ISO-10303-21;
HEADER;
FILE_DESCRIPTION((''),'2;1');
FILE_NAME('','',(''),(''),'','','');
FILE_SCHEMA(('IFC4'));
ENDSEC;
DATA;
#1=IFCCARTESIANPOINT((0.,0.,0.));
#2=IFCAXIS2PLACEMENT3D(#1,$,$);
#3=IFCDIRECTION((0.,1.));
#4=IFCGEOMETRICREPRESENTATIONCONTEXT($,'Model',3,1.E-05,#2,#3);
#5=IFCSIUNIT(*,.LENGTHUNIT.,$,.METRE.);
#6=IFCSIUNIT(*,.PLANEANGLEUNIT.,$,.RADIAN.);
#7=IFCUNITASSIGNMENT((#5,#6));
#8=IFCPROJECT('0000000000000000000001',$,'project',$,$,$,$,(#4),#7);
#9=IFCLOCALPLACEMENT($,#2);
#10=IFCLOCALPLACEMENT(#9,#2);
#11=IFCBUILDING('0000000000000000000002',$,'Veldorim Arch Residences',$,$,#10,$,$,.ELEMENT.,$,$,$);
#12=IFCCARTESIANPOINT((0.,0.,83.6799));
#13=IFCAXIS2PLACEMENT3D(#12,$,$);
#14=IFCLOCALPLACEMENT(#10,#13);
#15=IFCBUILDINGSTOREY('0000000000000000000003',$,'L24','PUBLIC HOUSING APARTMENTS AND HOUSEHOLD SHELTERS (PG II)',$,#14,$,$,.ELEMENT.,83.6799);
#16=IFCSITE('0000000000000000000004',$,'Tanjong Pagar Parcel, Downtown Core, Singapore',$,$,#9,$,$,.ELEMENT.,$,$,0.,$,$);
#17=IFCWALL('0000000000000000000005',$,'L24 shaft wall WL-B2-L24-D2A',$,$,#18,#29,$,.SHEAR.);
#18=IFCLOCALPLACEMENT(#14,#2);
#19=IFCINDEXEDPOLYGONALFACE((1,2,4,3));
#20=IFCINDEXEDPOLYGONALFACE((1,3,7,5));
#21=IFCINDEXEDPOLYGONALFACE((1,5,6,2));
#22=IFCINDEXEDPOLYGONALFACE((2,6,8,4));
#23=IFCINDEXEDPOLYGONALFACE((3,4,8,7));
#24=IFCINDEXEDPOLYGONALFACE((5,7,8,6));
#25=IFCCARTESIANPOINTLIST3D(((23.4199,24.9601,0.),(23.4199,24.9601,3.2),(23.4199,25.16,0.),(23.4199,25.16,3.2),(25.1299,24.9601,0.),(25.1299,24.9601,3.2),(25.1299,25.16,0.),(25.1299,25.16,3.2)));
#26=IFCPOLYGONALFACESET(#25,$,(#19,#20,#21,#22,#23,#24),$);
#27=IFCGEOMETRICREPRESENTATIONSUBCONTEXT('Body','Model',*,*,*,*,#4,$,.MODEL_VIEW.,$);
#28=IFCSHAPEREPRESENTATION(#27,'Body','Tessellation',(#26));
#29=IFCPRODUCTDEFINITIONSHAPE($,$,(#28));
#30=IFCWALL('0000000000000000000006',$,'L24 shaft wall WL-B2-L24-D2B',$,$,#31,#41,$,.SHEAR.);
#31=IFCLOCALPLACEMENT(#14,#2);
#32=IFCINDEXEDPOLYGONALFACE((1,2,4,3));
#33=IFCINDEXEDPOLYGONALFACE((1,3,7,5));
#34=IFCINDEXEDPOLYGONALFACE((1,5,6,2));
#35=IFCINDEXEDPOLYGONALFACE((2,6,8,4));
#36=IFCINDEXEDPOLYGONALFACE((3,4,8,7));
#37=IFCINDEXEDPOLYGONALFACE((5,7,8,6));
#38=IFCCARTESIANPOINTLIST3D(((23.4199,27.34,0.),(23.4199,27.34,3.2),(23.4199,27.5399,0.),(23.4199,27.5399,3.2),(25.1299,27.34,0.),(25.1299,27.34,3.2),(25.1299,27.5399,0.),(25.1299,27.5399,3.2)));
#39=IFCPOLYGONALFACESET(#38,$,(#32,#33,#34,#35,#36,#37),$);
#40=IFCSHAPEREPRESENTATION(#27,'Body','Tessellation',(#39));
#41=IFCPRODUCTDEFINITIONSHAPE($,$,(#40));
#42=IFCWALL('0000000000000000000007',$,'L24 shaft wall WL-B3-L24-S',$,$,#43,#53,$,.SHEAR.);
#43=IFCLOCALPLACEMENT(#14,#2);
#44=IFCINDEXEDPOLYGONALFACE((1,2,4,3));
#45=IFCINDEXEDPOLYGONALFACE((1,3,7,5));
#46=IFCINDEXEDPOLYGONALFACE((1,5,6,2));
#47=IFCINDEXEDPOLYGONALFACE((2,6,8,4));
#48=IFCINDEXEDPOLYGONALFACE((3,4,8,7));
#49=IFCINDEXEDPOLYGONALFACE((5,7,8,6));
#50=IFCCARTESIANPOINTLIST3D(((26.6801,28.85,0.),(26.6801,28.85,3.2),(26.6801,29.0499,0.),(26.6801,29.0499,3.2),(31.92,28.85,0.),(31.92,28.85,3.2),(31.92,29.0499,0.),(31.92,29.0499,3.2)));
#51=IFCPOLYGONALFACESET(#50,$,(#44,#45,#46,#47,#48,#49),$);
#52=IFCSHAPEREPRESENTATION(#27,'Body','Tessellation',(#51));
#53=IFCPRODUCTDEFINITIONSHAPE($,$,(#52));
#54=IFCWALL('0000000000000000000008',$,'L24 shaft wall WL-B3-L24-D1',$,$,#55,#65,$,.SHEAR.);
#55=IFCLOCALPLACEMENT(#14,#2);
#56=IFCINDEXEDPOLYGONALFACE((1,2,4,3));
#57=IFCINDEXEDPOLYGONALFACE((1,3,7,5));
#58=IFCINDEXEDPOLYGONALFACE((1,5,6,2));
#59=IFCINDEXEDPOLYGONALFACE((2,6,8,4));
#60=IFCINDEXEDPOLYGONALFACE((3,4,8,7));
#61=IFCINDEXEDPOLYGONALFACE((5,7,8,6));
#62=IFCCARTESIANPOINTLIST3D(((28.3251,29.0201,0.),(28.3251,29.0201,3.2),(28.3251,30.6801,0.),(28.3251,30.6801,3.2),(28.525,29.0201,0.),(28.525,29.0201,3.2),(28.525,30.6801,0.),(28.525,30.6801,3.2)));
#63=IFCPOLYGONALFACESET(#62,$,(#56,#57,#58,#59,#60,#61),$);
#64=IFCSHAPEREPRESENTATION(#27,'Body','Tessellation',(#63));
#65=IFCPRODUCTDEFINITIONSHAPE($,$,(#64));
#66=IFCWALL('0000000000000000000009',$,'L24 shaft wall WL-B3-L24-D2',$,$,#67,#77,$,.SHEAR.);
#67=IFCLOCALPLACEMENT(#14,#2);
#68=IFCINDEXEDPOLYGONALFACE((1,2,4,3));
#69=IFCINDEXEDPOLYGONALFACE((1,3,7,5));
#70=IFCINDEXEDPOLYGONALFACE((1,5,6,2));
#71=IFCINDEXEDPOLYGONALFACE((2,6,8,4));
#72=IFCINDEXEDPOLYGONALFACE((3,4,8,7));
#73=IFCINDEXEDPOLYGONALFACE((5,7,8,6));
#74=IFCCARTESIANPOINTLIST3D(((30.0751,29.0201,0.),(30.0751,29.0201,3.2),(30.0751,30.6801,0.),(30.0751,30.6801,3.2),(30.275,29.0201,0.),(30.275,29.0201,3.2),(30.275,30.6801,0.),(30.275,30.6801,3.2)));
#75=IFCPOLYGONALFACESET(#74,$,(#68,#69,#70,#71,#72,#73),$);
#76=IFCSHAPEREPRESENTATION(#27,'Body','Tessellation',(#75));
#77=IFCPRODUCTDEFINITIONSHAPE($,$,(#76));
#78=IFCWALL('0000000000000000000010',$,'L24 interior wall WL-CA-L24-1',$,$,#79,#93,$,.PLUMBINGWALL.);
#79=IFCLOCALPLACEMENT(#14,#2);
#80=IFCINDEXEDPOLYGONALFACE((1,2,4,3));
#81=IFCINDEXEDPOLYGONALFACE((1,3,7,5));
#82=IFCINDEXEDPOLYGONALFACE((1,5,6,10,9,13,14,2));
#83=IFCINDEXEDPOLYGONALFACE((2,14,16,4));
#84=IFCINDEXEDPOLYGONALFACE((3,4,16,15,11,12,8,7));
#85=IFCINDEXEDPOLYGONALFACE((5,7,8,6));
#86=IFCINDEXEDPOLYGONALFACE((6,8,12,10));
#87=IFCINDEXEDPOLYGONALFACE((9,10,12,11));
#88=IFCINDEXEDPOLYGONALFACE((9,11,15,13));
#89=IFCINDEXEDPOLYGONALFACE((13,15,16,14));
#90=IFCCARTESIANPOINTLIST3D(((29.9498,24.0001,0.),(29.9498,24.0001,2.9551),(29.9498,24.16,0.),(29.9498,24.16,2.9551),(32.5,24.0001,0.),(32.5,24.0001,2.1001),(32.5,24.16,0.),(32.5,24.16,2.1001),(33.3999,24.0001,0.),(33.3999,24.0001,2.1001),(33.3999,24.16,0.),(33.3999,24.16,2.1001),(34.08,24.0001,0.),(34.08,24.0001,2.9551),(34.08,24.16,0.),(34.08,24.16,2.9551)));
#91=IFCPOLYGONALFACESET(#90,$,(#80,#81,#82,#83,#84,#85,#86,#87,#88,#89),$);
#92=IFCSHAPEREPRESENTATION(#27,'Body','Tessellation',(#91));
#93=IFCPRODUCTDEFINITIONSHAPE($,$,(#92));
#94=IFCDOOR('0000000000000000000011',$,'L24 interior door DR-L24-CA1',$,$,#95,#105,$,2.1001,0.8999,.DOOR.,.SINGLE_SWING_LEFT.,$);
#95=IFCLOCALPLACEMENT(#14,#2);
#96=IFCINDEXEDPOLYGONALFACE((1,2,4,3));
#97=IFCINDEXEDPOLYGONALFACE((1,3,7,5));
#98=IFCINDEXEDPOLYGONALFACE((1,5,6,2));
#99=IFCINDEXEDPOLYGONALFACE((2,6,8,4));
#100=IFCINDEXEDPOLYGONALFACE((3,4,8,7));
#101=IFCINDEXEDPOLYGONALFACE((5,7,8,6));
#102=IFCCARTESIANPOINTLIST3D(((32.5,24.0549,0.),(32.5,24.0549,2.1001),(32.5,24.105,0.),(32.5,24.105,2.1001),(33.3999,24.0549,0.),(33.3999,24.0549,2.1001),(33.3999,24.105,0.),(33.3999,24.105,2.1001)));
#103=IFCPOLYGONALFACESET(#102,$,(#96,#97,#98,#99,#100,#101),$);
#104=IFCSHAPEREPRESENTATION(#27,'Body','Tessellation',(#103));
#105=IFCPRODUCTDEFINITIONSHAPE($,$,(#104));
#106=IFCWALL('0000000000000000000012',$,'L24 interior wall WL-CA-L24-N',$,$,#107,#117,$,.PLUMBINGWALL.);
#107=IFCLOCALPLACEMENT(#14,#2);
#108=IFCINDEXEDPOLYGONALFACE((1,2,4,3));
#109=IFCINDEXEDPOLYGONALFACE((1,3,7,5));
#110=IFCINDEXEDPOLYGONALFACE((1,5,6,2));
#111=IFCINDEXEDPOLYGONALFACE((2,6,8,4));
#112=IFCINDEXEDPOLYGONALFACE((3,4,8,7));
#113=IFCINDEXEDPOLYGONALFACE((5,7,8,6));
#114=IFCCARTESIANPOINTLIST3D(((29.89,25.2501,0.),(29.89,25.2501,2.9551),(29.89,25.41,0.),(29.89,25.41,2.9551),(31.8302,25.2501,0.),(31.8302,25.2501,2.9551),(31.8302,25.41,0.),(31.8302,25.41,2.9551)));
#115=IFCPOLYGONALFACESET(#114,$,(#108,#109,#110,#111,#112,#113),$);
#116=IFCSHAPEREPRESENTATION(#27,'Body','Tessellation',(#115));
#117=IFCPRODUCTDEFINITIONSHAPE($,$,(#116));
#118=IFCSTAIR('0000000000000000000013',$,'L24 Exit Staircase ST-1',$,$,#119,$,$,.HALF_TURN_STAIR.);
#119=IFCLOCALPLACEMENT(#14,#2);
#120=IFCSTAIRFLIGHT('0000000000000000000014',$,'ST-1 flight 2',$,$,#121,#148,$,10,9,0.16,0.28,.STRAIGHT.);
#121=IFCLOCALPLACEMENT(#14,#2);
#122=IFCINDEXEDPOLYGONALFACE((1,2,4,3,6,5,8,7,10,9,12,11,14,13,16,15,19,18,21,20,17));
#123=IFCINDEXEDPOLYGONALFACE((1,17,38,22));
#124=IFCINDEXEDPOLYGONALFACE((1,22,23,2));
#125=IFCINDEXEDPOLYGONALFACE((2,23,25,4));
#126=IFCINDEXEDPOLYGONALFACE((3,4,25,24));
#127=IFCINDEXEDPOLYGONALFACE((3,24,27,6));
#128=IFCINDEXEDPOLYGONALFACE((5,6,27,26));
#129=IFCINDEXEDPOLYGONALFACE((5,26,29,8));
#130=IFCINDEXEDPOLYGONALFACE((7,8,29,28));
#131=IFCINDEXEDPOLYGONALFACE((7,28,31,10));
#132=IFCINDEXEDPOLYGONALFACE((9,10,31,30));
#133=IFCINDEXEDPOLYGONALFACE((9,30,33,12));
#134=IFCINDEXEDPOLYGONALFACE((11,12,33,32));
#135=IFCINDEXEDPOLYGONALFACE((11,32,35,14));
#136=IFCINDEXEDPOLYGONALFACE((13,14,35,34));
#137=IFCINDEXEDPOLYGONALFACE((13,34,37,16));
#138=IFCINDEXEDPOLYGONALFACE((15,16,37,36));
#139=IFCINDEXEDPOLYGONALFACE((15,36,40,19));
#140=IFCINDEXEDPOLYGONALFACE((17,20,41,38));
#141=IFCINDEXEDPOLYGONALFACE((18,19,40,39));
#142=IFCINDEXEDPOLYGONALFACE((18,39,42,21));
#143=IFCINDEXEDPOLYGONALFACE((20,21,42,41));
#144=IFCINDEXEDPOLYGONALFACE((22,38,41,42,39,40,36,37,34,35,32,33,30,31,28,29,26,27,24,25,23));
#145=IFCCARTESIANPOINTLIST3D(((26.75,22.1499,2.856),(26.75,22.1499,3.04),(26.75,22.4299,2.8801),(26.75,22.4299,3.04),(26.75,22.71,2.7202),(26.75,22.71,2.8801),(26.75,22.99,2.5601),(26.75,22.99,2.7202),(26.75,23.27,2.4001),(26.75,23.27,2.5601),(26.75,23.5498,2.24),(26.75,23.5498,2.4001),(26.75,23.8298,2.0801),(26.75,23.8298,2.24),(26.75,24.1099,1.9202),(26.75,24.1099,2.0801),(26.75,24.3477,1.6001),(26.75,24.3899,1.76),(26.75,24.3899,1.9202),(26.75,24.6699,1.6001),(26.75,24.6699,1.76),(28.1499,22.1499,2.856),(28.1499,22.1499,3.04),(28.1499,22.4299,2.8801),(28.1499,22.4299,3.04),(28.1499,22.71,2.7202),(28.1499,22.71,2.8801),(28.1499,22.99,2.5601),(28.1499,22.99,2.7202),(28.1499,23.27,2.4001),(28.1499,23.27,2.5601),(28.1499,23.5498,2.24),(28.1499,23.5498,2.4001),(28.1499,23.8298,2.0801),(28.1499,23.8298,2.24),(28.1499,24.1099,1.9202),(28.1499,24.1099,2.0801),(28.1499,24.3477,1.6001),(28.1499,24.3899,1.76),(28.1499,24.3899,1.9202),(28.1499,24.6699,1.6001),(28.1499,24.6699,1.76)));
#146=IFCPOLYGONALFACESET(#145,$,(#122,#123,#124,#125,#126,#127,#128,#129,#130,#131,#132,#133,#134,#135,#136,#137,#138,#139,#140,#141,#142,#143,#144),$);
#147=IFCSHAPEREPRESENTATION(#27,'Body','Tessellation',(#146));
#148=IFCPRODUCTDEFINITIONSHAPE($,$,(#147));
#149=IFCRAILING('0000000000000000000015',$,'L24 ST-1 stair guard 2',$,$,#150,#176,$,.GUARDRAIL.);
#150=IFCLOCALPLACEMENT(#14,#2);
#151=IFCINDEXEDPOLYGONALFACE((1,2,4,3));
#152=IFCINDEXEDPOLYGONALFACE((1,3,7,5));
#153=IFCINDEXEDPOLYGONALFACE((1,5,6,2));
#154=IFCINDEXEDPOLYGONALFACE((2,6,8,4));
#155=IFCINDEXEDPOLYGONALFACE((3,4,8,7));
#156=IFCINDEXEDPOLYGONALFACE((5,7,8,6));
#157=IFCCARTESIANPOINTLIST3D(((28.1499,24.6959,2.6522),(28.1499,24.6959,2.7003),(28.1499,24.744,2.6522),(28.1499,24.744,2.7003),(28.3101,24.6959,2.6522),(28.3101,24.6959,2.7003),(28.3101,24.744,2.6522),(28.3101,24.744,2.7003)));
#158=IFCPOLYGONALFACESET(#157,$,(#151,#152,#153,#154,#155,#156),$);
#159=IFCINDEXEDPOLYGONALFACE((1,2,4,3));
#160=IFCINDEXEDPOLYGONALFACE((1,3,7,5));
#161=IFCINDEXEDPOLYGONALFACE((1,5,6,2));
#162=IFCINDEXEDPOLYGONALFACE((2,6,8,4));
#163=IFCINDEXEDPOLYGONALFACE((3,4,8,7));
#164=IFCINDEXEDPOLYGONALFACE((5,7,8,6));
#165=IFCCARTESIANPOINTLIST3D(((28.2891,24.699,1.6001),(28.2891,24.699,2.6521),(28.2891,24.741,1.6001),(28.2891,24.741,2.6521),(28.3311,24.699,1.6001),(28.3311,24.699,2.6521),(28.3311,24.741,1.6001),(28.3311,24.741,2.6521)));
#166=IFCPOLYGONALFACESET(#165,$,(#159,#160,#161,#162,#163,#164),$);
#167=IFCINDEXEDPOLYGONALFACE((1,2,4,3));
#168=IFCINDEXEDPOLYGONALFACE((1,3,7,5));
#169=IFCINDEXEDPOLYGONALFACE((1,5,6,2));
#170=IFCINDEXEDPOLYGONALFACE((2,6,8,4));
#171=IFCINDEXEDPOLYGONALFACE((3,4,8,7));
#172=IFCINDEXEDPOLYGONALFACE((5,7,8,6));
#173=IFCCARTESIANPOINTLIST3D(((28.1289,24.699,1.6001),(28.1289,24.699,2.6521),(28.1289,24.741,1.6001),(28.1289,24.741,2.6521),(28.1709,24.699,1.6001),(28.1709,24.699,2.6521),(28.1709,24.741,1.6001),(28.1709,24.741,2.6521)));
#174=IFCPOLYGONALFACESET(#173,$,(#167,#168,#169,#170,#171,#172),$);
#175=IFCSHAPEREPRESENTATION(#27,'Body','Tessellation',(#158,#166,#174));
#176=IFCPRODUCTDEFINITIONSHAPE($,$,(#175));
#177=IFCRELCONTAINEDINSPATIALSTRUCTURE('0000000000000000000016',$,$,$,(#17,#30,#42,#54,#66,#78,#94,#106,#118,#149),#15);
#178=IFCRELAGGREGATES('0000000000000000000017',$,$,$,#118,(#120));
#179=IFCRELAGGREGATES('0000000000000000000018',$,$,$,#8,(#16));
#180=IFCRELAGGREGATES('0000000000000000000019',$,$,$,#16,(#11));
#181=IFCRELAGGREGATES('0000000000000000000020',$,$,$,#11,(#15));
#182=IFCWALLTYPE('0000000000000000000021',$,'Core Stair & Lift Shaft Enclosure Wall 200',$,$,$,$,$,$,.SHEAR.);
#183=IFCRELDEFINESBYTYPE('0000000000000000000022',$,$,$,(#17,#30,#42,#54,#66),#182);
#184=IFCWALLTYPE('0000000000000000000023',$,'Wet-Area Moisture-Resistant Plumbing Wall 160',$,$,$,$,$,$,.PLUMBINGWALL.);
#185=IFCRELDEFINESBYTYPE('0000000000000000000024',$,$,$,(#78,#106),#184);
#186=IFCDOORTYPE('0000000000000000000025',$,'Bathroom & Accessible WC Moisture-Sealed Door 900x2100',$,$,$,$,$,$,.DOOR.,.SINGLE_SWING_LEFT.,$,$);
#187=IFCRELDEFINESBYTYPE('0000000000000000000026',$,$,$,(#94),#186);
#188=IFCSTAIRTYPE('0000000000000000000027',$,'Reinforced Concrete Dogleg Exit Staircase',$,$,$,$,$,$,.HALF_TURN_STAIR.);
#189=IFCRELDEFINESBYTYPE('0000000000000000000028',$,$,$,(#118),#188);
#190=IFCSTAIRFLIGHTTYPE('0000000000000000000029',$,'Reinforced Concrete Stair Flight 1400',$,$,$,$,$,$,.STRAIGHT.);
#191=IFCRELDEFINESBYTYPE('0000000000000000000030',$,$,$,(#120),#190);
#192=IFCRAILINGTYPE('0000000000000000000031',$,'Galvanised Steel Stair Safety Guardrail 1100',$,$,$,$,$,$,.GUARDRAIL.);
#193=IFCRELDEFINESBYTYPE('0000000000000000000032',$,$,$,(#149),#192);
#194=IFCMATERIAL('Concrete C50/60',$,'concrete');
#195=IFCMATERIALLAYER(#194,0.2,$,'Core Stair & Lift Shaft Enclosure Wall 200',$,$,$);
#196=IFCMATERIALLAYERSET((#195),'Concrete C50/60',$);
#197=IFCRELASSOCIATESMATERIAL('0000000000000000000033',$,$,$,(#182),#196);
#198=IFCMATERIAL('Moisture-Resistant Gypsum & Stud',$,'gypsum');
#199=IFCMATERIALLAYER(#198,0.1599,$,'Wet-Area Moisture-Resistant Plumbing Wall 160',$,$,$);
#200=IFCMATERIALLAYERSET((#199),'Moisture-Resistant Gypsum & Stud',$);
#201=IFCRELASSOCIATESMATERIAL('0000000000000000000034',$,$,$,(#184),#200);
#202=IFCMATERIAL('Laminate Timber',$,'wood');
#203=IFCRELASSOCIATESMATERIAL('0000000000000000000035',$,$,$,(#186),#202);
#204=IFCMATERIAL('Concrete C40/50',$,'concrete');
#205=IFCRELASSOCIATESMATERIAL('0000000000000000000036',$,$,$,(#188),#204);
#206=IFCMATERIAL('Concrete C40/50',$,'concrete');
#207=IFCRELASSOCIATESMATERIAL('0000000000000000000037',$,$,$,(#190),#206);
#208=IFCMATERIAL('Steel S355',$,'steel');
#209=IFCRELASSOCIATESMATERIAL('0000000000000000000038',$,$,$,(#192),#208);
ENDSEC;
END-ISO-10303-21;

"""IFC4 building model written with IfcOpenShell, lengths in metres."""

from ifc_helpers import new_model, si_unit, direction, frame, frame_2d, origin, origin_2d, place, context, subcontext, project, spatial, polyline, rectangle, outline, extrude, material, layer, layer_set, type_object, element, fill, aggregate, save


model = new_model("IFC4")

# Units and contexts
model_context = context("Model", 3, precision=1e-05, world=origin(), true_north=direction((0.0, 1.0)))
body_context = subcontext(model_context, "Body", "Model", "MODEL_VIEW")
ifc_project = project(units=[si_unit("LENGTHUNIT", "METRE"), si_unit("PLANEANGLEUNIT", "RADIAN")], contexts=[model_context])

# Site, building, storey
site_placement = place(None, origin())
site = spatial("IfcSite", under=ifc_project, at=site_placement, Name="Tanjong Pagar Parcel, Downtown Core, Singapore", CompositionType="ELEMENT", RefElevation=0.0)
building_placement = place(site_placement, origin())
building = spatial("IfcBuilding", under=site, at=building_placement, Name="Veldorim Arch Residences", CompositionType="ELEMENT")
storey_placement = place(building_placement, frame((0.0, 0.0, 83.6799)))
storey = spatial("IfcBuildingStorey", under=building, at=storey_placement, Name="L24", Description="PUBLIC HOUSING APARTMENTS AND HOUSEHOLD SHELTERS (PG II)", CompositionType="ELEMENT", Elevation=83.6799)

# Walls
ifc_material_1 = material(Name="Concrete C50/60", Category="concrete")
ifc_layer_1 = layer(ifc_material_1, 0.2, Name="Core Stair & Lift Shaft Enclosure Wall 200")
ifc_layer_set_1 = layer_set([ifc_layer_1], Name="Concrete C50/60")
wall_type_1 = type_object("IfcWallType", Name="Core Stair & Lift Shaft Enclosure Wall 200", PredefinedType="SHEAR", material=ifc_layer_set_1)
for number, where, z_axis, x_axis, name in (
    (1, (23.4199, 25.0601, 0.0), (0.0, 0.0, 1.0), (1.0, 0.0, 0.0), "L24 shaft wall WL-B2-L24-D2A"),
    (2, (23.4199, 27.4399, 0.0), (0.0, 0.0, 1.0), (1.0, 0.0, 0.0), "L24 shaft wall WL-B2-L24-D2B"),
):
    element("IfcWall", number, at=place(storey_placement, frame(where, z_axis=z_axis, x_axis=x_axis)), inside=storey, type_object=wall_type_1, Name=name, PredefinedType="SHEAR", context=body_context, shape_type="SweptSolid", body=[
        extrude(rectangle(XDim=1.71, YDim=0.2, at=frame_2d((0.855, 0.0))), origin(), (0.0, 0.0, 1.0), 3.2),
    ])
wall_1_placement = place(storey_placement, frame((26.6799, 28.95, 0.0), z_axis=(0.0, 0.0, 1.0), x_axis=(1.0, 0.0, 0.0)))
element("IfcWall", 3, at=wall_1_placement, inside=storey, type_object=wall_type_1, Name="L24 shaft wall WL-B3-L24-S", PredefinedType="SHEAR", context=body_context, shape_type="SweptSolid", body=[
    extrude(rectangle(XDim=5.24, YDim=0.2, at=frame_2d((2.6201, 0.0))), origin(), (0.0, 0.0, 1.0), 3.2),
])
for number, where, z_axis, x_axis, name in (
    (4, (28.425, 29.02, 0.0), (0.0, 0.0, 1.0), (0.0, 1.0, 0.0), "L24 shaft wall WL-B3-L24-D1"),
    (5, (30.175, 29.02, 0.0), (0.0, 0.0, 1.0), (0.0, 1.0, 0.0), "L24 shaft wall WL-B3-L24-D2"),
):
    element("IfcWall", number, at=place(storey_placement, frame(where, z_axis=z_axis, x_axis=x_axis)), inside=storey, type_object=wall_type_1, Name=name, PredefinedType="SHEAR", context=body_context, shape_type="SweptSolid", body=[
        extrude(rectangle(XDim=1.6599, YDim=0.2, at=frame_2d((0.8301, 0.0))), origin(), (0.0, 0.0, 1.0), 3.2),
    ])

# Wall, opening, door
ifc_material_2 = material(Name="Moisture-Resistant Gypsum & Stud", Category="gypsum")
ifc_layer_2 = layer(ifc_material_2, 0.1599, Name="Wet-Area Moisture-Resistant Plumbing Wall 160")
ifc_layer_set_2 = layer_set([ifc_layer_2], Name="Moisture-Resistant Gypsum & Stud")
wall_type_2 = type_object("IfcWallType", Name="Wet-Area Moisture-Resistant Plumbing Wall 160", PredefinedType="PLUMBINGWALL", material=ifc_layer_set_2)
wall_2_placement = place(storey_placement, frame((29.95, 24.0801, 0.0), z_axis=(0.0, 0.0, 1.0), x_axis=(1.0, 0.0, 0.0)))
wall_2 = element("IfcWall", 6, at=wall_2_placement, inside=storey, type_object=wall_type_2, Name="L24 interior wall WL-CA-L24-1", PredefinedType="PLUMBINGWALL", context=body_context, shape_type="SweptSolid", body=[
    extrude(rectangle(XDim=4.1301, YDim=0.1599, at=frame_2d((2.0649, 0.0))), origin(), (0.0, 0.0, 1.0), 2.9551),
])
opening_placement = place(wall_2_placement, frame((2.55, 0.0, 0.0)))
opening = element("IfcOpeningElement", 7, at=opening_placement, cuts=wall_2, PredefinedType="OPENING", context=body_context, shape_type="SweptSolid", body=[
    extrude(rectangle(XDim=0.8999, YDim=2.1001, at=frame_2d((0.45, 1.05))), frame((0.0, 0.0898, 0.0), z_axis=(0.0, -1.0, 0.0), x_axis=(1.0, 0.0, 0.0)), (0.0, 0.0, 1.0), 0.1799),
])
ifc_material_3 = material(Name="Laminate Timber", Category="wood")
door_type = type_object("IfcDoorType", Name="Bathroom & Accessible WC Moisture-Sealed Door 900x2100", OperationType="SINGLE_SWING_LEFT", PredefinedType="DOOR", material=ifc_material_3)
door_placement = place(opening_placement, origin())
door = element("IfcDoor", 8, at=door_placement, inside=storey, type_object=door_type, Name="L24 interior door DR-L24-CA1", OperationType="SINGLE_SWING_LEFT", OverallHeight=2.1001, OverallWidth=0.8999, PredefinedType="DOOR", context=body_context, shape_type="SweptSolid", body=[
    extrude(rectangle(XDim=0.8999, YDim=2.1001, at=frame_2d((0.45, 1.05))), frame((0.0, 0.0249, 0.0), z_axis=(0.0, -1.0, 0.0), x_axis=(1.0, 0.0, 0.0)), (0.0, 0.0, 1.0), 0.05),
])
fill(opening, door)

# Wall
wall_3_placement = place(storey_placement, frame((29.8899, 25.3301, 0.0), z_axis=(0.0, 0.0, 1.0), x_axis=(1.0, 0.0, 0.0)))
element("IfcWall", 9, at=wall_3_placement, inside=storey, type_object=wall_type_2, Name="L24 interior wall WL-CA-L24-N", PredefinedType="PLUMBINGWALL", context=body_context, shape_type="SweptSolid", body=[
    extrude(rectangle(XDim=1.9402, YDim=0.1599, at=frame_2d((0.9702, 0.0))), origin(), (0.0, 0.0, 1.0), 2.9551),
])

# Stair, stair flight
ifc_material_4 = material(Name="Concrete C40/50", Category="concrete")
stair_type = type_object("IfcStairType", Name="Reinforced Concrete Dogleg Exit Staircase", PredefinedType="HALF_TURN_STAIR", material=ifc_material_4)
stair_placement = place(storey_placement, origin())
stair = element("IfcStair", 10, at=stair_placement, inside=storey, type_object=stair_type, Name="L24 Exit Staircase ST-1", PredefinedType="HALF_TURN_STAIR")
ifc_material_5 = material(Name="Concrete C40/50", Category="concrete")
stair_flight_type = type_object("IfcStairFlightType", Name="Reinforced Concrete Stair Flight 1400", PredefinedType="STRAIGHT", material=ifc_material_5)
stair_flight_placement = place(storey_placement, frame((27.45, 24.6699, 1.6001), z_axis=(0.0, 0.0, 1.0), x_axis=(0.0, -1.0, 0.0)))
stair_flight = element("IfcStairFlight", 11, at=stair_flight_placement, type_object=stair_flight_type, Name="ST-1 flight 2", NumberOfRisers=10, NumberOfTreads=9, PredefinedType="STRAIGHT", RiserHeight=0.16, TreadLength=0.28, context=body_context, shape_type="SweptSolid", body=[
    extrude(outline(polyline([(0.0, 0.0), (0.0, 0.1599), (0.28, 0.1599), (0.28, 0.3201), (0.5601, 0.3201), (0.5601, 0.48), (0.8401, 0.48), (0.8401, 0.6399), (1.1201, 0.6399), (1.1201, 0.8), (1.3999, 0.8), (1.3999, 0.96), (1.6799, 0.96), (1.6799, 1.1201), (1.96, 1.1201), (1.96, 1.28), (2.24, 1.28), (2.24, 1.4399), (2.52, 1.4399), (2.52, 1.6001), (2.52, 1.2559), (0.3223, 0.0), (0.0, 0.0)])), frame((0.0, 0.7, 0.0), z_axis=(0.0, -1.0, 0.0), x_axis=(1.0, 0.0, 0.0)), (0.0, 0.0, 1.0), 1.3999),
])
aggregate(stair, [stair_flight])

# Railing
ifc_material_6 = material(Name="Steel S355", Category="steel")
railing_type_1 = type_object("IfcRailingType", Name="Galvanised Steel Stair Safety Guardrail 1100", PredefinedType="GUARDRAIL", material=ifc_material_6)
railing_1_placement = place(storey_placement, frame((28.3101, 24.72, 1.6001)))
element("IfcRailing", 12, at=railing_1_placement, inside=storey, type_object=railing_type_1, Name="L24 ST-1 stair guard 2", PredefinedType="GUARDRAIL", context=body_context, shape_type="SweptSolid", body=[
    extrude(rectangle(XDim=0.0481, YDim=0.0481, at=origin_2d()), frame((0.0, 0.0, 1.0762), z_axis=(-1.0, 0.0, 0.0), x_axis=(0.0, -1.0, 0.0)), (0.0, 0.0, 1.0), 0.1602),
    extrude(rectangle(XDim=0.042, YDim=0.042, at=origin_2d()), origin(), (0.0, 0.0, 1.0), 1.052),
    extrude(rectangle(XDim=0.042, YDim=0.042, at=origin_2d()), frame((-0.1602, 0.0, 0.0)), (0.0, 0.0, 1.0), 1.052),
])

save(model, "model.ifc")
